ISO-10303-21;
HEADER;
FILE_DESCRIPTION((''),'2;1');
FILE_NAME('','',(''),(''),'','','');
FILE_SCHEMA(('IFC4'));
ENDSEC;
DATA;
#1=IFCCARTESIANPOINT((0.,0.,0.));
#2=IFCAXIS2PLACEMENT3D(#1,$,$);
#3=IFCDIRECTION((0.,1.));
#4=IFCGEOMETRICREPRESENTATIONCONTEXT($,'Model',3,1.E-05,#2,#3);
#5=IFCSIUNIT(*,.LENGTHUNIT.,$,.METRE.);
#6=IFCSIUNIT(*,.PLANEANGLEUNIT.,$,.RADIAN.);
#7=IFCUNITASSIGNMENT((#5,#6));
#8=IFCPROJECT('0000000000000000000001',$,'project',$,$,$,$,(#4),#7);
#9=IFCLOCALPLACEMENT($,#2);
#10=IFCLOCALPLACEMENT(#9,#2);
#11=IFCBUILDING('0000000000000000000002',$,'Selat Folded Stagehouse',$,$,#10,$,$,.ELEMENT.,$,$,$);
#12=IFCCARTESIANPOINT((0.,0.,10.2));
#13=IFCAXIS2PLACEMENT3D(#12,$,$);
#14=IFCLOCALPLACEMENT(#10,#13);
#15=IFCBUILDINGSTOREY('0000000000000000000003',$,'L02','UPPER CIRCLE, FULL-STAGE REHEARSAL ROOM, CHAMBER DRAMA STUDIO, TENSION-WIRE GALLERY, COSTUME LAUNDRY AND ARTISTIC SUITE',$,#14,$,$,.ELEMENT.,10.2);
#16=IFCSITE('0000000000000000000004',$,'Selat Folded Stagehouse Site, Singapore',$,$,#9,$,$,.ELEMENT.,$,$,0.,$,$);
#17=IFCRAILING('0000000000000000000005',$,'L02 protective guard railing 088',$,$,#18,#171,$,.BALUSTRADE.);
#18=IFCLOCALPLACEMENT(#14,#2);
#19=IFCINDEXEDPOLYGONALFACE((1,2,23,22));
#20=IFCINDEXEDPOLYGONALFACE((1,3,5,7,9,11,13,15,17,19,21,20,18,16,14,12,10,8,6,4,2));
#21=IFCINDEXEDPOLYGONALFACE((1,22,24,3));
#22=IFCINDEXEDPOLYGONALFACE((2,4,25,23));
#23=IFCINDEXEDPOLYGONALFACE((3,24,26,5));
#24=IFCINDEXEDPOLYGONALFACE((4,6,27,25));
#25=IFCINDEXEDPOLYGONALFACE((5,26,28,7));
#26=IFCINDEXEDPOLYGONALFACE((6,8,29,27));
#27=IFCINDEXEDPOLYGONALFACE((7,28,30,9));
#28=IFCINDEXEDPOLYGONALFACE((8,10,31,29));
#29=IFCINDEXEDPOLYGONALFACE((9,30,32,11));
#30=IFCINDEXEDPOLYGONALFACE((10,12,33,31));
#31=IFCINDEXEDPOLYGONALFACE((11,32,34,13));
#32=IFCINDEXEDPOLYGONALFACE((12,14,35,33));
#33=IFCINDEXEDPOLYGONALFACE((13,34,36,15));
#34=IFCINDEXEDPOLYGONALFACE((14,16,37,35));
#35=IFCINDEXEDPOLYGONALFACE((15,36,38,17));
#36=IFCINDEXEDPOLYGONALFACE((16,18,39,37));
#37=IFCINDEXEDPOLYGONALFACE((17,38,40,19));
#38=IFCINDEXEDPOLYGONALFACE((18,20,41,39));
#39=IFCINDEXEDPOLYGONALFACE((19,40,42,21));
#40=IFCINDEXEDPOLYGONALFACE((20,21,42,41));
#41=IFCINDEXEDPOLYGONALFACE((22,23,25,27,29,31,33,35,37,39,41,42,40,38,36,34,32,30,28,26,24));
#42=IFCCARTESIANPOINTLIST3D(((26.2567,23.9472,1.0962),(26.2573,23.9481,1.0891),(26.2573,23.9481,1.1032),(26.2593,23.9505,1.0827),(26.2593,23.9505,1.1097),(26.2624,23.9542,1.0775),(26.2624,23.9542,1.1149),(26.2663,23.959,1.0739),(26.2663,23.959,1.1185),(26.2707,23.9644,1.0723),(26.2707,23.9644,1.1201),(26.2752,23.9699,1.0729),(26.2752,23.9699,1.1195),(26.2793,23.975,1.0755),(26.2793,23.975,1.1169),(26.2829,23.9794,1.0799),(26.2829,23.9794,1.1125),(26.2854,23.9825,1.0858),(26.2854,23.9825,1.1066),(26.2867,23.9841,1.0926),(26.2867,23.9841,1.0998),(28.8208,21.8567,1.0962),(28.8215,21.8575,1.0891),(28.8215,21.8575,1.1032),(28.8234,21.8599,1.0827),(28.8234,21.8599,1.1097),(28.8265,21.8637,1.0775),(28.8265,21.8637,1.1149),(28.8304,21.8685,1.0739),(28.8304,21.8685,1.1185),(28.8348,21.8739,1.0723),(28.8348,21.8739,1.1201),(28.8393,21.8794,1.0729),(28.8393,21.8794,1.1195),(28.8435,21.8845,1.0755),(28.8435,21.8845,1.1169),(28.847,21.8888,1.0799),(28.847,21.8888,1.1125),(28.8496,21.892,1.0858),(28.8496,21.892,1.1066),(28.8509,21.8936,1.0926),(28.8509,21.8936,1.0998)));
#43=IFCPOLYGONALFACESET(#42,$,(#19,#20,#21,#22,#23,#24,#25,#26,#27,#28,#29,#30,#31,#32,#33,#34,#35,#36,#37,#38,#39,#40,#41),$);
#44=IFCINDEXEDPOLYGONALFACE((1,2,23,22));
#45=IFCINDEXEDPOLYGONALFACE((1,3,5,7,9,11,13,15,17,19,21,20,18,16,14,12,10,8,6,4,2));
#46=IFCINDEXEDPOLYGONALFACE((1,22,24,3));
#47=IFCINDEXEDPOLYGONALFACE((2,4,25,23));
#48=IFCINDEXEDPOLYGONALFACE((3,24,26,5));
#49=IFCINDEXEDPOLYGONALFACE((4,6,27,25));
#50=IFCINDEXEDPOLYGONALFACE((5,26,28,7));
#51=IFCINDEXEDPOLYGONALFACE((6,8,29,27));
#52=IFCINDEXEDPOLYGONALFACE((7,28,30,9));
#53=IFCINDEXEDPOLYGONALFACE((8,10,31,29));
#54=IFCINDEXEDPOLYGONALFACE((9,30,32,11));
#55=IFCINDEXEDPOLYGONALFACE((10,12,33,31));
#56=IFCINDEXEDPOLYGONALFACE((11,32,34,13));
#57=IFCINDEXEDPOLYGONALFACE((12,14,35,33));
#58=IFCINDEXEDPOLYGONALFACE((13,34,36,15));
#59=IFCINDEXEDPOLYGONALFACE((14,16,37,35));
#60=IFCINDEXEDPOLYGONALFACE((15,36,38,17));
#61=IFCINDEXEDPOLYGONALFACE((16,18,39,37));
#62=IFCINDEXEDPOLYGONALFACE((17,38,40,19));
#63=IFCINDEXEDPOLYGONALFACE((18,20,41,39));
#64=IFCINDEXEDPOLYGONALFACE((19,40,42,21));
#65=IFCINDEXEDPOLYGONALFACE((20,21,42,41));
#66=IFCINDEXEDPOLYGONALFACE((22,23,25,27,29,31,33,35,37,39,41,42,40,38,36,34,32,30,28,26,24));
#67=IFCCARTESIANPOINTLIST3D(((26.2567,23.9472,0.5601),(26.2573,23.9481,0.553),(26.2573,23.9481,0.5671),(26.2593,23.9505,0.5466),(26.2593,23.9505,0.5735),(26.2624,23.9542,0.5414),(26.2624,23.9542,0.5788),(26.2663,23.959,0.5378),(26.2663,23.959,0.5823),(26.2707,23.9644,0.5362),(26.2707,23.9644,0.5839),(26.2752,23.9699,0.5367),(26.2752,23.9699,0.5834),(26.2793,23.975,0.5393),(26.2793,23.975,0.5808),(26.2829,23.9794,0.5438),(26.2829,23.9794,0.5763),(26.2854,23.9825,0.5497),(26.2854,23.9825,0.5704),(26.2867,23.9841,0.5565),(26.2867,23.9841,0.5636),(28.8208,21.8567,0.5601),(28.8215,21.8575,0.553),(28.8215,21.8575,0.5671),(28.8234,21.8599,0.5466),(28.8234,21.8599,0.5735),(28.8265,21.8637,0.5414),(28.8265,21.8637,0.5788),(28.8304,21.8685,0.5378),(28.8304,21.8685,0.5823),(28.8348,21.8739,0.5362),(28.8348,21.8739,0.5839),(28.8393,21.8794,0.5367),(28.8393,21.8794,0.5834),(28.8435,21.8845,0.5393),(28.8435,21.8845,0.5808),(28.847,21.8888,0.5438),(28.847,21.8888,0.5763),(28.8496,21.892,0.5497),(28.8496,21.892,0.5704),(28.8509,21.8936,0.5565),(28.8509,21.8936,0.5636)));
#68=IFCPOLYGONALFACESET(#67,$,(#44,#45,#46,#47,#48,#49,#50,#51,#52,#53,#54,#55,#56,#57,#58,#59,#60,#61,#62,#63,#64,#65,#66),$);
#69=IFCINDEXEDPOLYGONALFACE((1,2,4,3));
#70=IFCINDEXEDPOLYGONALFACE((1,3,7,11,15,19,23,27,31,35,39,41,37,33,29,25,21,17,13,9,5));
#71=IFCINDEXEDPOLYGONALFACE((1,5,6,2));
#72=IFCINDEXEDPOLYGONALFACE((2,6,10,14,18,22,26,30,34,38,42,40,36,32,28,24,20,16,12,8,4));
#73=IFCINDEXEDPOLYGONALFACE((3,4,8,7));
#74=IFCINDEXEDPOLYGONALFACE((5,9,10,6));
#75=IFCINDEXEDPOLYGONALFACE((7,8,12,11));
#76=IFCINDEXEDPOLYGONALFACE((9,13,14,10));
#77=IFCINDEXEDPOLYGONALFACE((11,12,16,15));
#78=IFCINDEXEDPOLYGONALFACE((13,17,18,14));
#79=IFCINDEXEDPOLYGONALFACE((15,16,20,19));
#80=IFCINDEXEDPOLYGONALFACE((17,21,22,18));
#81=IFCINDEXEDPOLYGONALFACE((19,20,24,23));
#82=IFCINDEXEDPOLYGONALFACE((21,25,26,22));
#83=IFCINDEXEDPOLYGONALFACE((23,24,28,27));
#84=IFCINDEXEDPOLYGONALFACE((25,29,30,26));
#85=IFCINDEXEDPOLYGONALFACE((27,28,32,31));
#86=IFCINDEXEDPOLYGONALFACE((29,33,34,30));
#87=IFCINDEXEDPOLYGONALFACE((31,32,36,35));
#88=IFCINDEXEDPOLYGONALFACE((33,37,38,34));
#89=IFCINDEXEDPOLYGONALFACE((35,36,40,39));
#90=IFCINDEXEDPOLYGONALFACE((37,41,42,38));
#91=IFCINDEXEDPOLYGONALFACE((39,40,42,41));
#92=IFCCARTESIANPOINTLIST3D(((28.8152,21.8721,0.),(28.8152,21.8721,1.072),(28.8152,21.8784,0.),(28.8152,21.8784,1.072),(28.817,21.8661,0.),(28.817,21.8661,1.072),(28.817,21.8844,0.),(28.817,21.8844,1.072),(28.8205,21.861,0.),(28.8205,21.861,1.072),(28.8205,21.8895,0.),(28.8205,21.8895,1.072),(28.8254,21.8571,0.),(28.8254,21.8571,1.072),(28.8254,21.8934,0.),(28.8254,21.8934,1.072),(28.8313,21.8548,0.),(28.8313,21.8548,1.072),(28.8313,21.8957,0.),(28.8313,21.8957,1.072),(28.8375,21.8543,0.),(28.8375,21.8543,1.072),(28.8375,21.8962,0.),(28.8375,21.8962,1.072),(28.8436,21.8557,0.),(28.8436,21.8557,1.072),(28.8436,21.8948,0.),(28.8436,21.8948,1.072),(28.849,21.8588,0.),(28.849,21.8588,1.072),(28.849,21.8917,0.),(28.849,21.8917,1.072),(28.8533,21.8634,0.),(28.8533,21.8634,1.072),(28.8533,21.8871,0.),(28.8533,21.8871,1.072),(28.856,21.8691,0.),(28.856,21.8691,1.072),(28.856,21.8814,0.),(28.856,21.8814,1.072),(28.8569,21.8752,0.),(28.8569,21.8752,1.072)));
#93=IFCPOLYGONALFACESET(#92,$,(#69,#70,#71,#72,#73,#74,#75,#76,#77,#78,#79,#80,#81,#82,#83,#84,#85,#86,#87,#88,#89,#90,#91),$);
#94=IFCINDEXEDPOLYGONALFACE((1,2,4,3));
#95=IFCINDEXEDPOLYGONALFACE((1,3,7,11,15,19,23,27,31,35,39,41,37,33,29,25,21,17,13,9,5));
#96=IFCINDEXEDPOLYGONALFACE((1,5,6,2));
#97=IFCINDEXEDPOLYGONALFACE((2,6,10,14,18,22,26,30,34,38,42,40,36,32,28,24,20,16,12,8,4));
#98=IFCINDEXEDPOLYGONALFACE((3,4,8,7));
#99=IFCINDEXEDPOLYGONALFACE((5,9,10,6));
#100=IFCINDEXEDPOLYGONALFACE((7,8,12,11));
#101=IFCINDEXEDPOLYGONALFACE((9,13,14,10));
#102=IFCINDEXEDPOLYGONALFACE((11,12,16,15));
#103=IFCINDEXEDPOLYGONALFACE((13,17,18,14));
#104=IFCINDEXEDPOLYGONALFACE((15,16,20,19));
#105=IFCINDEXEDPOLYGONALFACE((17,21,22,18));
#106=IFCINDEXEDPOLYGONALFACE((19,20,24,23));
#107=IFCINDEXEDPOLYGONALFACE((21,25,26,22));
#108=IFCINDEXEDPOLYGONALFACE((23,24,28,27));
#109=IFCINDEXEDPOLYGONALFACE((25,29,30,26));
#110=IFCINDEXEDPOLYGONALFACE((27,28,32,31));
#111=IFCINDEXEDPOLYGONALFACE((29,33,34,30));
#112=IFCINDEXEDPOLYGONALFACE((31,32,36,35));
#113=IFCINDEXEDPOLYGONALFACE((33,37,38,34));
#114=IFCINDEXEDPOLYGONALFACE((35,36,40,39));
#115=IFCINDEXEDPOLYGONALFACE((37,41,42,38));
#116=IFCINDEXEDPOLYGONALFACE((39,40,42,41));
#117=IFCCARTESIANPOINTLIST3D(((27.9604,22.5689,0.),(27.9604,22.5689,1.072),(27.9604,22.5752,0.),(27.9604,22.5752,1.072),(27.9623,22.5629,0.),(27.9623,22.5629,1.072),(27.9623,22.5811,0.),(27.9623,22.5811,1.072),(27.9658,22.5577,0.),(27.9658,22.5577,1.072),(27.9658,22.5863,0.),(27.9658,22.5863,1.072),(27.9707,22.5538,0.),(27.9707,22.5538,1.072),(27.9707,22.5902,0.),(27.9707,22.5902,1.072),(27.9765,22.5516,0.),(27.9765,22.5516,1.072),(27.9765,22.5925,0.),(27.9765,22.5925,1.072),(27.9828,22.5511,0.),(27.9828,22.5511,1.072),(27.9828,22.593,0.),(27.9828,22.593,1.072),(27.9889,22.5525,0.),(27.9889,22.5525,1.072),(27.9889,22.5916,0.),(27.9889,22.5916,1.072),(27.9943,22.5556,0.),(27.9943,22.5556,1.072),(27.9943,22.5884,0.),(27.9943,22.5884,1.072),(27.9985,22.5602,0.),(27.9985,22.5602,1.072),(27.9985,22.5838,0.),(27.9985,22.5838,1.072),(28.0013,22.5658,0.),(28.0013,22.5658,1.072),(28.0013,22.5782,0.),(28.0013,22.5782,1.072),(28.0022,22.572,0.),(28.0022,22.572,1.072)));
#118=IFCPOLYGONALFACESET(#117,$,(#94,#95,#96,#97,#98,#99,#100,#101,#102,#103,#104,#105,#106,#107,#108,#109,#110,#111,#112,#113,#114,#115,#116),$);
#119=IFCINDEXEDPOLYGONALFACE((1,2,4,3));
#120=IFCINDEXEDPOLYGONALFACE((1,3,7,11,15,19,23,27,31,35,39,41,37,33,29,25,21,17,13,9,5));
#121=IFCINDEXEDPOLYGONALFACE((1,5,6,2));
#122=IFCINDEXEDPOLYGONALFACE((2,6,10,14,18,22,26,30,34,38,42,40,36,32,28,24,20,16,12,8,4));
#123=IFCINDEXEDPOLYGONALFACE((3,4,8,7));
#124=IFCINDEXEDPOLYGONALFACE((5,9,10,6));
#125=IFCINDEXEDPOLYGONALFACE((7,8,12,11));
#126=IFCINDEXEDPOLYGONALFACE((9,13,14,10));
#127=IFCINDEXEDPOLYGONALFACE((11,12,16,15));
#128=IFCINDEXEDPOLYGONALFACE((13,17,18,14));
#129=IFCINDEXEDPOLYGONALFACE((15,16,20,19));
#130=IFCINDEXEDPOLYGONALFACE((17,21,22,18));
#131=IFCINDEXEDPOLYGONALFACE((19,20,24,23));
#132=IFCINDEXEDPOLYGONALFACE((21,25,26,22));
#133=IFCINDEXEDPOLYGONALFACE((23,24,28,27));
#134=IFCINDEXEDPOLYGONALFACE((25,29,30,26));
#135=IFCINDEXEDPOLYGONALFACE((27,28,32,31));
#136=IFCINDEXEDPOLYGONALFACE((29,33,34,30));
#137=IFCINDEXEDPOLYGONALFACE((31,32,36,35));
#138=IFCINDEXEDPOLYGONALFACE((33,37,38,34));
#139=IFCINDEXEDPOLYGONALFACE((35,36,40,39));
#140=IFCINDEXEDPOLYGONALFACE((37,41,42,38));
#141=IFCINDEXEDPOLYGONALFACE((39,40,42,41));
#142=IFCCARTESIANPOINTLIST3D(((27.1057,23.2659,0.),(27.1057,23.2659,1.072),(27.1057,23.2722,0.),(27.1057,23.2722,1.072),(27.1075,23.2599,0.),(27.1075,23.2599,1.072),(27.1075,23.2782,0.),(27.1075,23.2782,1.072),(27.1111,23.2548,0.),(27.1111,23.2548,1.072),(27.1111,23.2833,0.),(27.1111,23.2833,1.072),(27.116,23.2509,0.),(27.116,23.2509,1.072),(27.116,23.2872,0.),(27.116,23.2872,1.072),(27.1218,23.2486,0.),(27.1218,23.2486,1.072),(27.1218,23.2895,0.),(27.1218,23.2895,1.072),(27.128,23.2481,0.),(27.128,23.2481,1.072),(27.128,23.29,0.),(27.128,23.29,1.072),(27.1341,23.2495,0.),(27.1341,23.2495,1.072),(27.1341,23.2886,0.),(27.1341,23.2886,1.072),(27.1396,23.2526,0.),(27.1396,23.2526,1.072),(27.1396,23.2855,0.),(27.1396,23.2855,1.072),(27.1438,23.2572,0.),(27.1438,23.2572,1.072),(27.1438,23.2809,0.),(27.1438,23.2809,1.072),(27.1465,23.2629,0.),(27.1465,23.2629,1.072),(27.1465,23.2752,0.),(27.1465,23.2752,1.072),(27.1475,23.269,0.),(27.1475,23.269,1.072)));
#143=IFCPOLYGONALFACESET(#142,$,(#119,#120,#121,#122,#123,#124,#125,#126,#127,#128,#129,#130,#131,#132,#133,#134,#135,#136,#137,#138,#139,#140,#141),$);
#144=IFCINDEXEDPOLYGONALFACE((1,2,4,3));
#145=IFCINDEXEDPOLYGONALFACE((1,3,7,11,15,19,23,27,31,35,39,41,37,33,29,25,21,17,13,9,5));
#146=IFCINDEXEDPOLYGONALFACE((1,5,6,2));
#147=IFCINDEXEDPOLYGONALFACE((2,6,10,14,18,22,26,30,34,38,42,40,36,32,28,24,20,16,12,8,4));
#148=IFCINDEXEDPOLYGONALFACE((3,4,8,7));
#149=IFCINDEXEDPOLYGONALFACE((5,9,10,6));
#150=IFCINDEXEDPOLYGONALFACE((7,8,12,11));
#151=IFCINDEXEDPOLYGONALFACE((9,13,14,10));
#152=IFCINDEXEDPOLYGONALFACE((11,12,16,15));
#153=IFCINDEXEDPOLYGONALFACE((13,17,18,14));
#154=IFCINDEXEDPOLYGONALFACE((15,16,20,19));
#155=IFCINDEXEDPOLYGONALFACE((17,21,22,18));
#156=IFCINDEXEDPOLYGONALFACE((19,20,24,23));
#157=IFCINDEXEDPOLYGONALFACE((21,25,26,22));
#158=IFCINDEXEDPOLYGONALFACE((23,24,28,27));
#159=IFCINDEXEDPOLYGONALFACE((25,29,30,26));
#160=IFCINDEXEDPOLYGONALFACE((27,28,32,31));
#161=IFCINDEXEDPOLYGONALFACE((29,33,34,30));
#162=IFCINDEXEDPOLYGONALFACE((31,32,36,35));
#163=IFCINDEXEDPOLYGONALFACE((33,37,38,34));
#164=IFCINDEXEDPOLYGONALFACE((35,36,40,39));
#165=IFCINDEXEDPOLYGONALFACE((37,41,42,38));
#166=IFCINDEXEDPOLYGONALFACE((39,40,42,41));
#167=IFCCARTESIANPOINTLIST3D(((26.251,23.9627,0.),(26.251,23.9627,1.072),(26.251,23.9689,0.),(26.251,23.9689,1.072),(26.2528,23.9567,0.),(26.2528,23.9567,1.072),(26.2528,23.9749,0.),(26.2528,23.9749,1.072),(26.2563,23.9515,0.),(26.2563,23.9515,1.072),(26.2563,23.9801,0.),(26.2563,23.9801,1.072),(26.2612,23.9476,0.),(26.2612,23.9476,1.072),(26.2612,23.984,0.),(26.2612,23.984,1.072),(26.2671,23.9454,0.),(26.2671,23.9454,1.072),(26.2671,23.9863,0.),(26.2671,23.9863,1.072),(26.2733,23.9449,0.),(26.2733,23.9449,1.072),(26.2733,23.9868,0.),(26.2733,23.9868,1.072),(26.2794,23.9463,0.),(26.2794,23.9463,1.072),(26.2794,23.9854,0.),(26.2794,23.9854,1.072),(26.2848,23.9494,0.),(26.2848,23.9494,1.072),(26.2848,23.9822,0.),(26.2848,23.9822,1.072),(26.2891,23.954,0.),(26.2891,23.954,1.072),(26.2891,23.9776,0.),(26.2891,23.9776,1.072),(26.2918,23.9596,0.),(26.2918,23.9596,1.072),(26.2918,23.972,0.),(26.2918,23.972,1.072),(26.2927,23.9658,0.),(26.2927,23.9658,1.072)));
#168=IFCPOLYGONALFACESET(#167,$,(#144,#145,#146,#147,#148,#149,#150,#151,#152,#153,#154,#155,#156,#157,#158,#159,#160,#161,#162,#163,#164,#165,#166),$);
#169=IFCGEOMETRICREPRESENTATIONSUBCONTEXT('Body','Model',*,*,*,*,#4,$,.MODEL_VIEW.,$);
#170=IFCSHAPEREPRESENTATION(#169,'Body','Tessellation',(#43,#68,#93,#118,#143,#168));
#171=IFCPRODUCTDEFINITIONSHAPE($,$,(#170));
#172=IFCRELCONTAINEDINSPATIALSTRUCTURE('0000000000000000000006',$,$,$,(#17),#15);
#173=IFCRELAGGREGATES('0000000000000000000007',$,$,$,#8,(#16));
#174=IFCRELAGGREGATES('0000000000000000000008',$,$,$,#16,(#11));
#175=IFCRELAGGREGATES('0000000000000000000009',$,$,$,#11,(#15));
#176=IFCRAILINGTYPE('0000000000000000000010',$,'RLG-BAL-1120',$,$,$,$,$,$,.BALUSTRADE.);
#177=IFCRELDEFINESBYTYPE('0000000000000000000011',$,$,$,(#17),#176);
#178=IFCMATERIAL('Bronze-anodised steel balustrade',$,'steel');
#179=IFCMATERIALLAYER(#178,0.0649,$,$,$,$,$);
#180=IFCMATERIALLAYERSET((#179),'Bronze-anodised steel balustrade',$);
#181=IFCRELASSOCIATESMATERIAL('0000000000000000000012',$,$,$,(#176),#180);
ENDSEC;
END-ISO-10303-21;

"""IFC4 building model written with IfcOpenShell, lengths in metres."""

from ifc_helpers import new_model, si_unit, direction, frame, origin, origin_2d, place, context, subcontext, project, spatial, circle, extrude, material, layer, layer_set, type_object, element, save


model = new_model("IFC4")

# Units and contexts
model_context = context("Model", 3, precision=1e-05, world=origin(), true_north=direction((0.0, 1.0)))
body_context = subcontext(model_context, "Body", "Model", "MODEL_VIEW")
ifc_project = project(units=[si_unit("LENGTHUNIT", "METRE"), si_unit("PLANEANGLEUNIT", "RADIAN")], contexts=[model_context])

# Site, building, storey
site_placement = place(None, origin())
site = spatial("IfcSite", under=ifc_project, at=site_placement, Name="Selat Folded Stagehouse Site, Singapore", CompositionType="ELEMENT", RefElevation=0.0)
building_placement = place(site_placement, origin())
building = spatial("IfcBuilding", under=site, at=building_placement, Name="Selat Folded Stagehouse", CompositionType="ELEMENT")
storey_placement = place(building_placement, frame((0.0, 0.0, 10.2)))
storey = spatial("IfcBuildingStorey", under=building, at=storey_placement, Name="L02", Description="UPPER CIRCLE, FULL-STAGE REHEARSAL ROOM, CHAMBER DRAMA STUDIO, TENSION-WIRE GALLERY, COSTUME LAUNDRY AND ARTISTIC SUITE", CompositionType="ELEMENT", Elevation=10.2)

# Railing
ifc_material_1 = material(Name="Bronze-anodised steel balustrade", Category="steel")
ifc_layer_1 = layer(ifc_material_1, 0.0649)
ifc_layer_set_1 = layer_set([ifc_layer_1], Name="Bronze-anodised steel balustrade")
railing_type = type_object("IfcRailingType", Name="RLG-BAL-1120", PredefinedType="BALUSTRADE", material=ifc_layer_set_1)
railing_1_placement = place(storey_placement, frame((28.8359, 21.8752, 0.0)))
element("IfcRailing", 1, at=railing_1_placement, inside=storey, type_object=railing_type, Name="L02 protective guard railing 088", PredefinedType="BALUSTRADE", context=body_context, shape_type="SweptSolid", body=[
    extrude(circle(Radius=0.0239, at=origin_2d()), frame((0.0, 0.0, 1.0962), z_axis=(-0.775054, 0.631895, 0.0), x_axis=(-0.631895, -0.775054, 0.0)), (0.0, 0.0, 1.0), 3.3083),
    extrude(circle(Radius=0.0239, at=origin_2d()), frame((0.0, 0.0, 0.5601), z_axis=(-0.775054, 0.631895, 0.0), x_axis=(-0.631895, -0.775054, 0.0)), (0.0, 0.0, 1.0), 3.3083),
    extrude(circle(Radius=0.021, at=origin_2d()), origin(), (0.0, 0.0, 1.0), 1.072),
    extrude(circle(Radius=0.021, at=origin_2d()), frame((-0.8547, 0.6968, 0.0)), (0.0, 0.0, 1.0), 1.072),
    extrude(circle(Radius=0.021, at=origin_2d()), frame((-1.7095, 1.3938, 0.0)), (0.0, 0.0, 1.0), 1.072),
    extrude(circle(Radius=0.021, at=origin_2d()), frame((-2.5642, 2.0906, 0.0)), (0.0, 0.0, 1.0), 1.072),
])

save(model, "model.ifc")
